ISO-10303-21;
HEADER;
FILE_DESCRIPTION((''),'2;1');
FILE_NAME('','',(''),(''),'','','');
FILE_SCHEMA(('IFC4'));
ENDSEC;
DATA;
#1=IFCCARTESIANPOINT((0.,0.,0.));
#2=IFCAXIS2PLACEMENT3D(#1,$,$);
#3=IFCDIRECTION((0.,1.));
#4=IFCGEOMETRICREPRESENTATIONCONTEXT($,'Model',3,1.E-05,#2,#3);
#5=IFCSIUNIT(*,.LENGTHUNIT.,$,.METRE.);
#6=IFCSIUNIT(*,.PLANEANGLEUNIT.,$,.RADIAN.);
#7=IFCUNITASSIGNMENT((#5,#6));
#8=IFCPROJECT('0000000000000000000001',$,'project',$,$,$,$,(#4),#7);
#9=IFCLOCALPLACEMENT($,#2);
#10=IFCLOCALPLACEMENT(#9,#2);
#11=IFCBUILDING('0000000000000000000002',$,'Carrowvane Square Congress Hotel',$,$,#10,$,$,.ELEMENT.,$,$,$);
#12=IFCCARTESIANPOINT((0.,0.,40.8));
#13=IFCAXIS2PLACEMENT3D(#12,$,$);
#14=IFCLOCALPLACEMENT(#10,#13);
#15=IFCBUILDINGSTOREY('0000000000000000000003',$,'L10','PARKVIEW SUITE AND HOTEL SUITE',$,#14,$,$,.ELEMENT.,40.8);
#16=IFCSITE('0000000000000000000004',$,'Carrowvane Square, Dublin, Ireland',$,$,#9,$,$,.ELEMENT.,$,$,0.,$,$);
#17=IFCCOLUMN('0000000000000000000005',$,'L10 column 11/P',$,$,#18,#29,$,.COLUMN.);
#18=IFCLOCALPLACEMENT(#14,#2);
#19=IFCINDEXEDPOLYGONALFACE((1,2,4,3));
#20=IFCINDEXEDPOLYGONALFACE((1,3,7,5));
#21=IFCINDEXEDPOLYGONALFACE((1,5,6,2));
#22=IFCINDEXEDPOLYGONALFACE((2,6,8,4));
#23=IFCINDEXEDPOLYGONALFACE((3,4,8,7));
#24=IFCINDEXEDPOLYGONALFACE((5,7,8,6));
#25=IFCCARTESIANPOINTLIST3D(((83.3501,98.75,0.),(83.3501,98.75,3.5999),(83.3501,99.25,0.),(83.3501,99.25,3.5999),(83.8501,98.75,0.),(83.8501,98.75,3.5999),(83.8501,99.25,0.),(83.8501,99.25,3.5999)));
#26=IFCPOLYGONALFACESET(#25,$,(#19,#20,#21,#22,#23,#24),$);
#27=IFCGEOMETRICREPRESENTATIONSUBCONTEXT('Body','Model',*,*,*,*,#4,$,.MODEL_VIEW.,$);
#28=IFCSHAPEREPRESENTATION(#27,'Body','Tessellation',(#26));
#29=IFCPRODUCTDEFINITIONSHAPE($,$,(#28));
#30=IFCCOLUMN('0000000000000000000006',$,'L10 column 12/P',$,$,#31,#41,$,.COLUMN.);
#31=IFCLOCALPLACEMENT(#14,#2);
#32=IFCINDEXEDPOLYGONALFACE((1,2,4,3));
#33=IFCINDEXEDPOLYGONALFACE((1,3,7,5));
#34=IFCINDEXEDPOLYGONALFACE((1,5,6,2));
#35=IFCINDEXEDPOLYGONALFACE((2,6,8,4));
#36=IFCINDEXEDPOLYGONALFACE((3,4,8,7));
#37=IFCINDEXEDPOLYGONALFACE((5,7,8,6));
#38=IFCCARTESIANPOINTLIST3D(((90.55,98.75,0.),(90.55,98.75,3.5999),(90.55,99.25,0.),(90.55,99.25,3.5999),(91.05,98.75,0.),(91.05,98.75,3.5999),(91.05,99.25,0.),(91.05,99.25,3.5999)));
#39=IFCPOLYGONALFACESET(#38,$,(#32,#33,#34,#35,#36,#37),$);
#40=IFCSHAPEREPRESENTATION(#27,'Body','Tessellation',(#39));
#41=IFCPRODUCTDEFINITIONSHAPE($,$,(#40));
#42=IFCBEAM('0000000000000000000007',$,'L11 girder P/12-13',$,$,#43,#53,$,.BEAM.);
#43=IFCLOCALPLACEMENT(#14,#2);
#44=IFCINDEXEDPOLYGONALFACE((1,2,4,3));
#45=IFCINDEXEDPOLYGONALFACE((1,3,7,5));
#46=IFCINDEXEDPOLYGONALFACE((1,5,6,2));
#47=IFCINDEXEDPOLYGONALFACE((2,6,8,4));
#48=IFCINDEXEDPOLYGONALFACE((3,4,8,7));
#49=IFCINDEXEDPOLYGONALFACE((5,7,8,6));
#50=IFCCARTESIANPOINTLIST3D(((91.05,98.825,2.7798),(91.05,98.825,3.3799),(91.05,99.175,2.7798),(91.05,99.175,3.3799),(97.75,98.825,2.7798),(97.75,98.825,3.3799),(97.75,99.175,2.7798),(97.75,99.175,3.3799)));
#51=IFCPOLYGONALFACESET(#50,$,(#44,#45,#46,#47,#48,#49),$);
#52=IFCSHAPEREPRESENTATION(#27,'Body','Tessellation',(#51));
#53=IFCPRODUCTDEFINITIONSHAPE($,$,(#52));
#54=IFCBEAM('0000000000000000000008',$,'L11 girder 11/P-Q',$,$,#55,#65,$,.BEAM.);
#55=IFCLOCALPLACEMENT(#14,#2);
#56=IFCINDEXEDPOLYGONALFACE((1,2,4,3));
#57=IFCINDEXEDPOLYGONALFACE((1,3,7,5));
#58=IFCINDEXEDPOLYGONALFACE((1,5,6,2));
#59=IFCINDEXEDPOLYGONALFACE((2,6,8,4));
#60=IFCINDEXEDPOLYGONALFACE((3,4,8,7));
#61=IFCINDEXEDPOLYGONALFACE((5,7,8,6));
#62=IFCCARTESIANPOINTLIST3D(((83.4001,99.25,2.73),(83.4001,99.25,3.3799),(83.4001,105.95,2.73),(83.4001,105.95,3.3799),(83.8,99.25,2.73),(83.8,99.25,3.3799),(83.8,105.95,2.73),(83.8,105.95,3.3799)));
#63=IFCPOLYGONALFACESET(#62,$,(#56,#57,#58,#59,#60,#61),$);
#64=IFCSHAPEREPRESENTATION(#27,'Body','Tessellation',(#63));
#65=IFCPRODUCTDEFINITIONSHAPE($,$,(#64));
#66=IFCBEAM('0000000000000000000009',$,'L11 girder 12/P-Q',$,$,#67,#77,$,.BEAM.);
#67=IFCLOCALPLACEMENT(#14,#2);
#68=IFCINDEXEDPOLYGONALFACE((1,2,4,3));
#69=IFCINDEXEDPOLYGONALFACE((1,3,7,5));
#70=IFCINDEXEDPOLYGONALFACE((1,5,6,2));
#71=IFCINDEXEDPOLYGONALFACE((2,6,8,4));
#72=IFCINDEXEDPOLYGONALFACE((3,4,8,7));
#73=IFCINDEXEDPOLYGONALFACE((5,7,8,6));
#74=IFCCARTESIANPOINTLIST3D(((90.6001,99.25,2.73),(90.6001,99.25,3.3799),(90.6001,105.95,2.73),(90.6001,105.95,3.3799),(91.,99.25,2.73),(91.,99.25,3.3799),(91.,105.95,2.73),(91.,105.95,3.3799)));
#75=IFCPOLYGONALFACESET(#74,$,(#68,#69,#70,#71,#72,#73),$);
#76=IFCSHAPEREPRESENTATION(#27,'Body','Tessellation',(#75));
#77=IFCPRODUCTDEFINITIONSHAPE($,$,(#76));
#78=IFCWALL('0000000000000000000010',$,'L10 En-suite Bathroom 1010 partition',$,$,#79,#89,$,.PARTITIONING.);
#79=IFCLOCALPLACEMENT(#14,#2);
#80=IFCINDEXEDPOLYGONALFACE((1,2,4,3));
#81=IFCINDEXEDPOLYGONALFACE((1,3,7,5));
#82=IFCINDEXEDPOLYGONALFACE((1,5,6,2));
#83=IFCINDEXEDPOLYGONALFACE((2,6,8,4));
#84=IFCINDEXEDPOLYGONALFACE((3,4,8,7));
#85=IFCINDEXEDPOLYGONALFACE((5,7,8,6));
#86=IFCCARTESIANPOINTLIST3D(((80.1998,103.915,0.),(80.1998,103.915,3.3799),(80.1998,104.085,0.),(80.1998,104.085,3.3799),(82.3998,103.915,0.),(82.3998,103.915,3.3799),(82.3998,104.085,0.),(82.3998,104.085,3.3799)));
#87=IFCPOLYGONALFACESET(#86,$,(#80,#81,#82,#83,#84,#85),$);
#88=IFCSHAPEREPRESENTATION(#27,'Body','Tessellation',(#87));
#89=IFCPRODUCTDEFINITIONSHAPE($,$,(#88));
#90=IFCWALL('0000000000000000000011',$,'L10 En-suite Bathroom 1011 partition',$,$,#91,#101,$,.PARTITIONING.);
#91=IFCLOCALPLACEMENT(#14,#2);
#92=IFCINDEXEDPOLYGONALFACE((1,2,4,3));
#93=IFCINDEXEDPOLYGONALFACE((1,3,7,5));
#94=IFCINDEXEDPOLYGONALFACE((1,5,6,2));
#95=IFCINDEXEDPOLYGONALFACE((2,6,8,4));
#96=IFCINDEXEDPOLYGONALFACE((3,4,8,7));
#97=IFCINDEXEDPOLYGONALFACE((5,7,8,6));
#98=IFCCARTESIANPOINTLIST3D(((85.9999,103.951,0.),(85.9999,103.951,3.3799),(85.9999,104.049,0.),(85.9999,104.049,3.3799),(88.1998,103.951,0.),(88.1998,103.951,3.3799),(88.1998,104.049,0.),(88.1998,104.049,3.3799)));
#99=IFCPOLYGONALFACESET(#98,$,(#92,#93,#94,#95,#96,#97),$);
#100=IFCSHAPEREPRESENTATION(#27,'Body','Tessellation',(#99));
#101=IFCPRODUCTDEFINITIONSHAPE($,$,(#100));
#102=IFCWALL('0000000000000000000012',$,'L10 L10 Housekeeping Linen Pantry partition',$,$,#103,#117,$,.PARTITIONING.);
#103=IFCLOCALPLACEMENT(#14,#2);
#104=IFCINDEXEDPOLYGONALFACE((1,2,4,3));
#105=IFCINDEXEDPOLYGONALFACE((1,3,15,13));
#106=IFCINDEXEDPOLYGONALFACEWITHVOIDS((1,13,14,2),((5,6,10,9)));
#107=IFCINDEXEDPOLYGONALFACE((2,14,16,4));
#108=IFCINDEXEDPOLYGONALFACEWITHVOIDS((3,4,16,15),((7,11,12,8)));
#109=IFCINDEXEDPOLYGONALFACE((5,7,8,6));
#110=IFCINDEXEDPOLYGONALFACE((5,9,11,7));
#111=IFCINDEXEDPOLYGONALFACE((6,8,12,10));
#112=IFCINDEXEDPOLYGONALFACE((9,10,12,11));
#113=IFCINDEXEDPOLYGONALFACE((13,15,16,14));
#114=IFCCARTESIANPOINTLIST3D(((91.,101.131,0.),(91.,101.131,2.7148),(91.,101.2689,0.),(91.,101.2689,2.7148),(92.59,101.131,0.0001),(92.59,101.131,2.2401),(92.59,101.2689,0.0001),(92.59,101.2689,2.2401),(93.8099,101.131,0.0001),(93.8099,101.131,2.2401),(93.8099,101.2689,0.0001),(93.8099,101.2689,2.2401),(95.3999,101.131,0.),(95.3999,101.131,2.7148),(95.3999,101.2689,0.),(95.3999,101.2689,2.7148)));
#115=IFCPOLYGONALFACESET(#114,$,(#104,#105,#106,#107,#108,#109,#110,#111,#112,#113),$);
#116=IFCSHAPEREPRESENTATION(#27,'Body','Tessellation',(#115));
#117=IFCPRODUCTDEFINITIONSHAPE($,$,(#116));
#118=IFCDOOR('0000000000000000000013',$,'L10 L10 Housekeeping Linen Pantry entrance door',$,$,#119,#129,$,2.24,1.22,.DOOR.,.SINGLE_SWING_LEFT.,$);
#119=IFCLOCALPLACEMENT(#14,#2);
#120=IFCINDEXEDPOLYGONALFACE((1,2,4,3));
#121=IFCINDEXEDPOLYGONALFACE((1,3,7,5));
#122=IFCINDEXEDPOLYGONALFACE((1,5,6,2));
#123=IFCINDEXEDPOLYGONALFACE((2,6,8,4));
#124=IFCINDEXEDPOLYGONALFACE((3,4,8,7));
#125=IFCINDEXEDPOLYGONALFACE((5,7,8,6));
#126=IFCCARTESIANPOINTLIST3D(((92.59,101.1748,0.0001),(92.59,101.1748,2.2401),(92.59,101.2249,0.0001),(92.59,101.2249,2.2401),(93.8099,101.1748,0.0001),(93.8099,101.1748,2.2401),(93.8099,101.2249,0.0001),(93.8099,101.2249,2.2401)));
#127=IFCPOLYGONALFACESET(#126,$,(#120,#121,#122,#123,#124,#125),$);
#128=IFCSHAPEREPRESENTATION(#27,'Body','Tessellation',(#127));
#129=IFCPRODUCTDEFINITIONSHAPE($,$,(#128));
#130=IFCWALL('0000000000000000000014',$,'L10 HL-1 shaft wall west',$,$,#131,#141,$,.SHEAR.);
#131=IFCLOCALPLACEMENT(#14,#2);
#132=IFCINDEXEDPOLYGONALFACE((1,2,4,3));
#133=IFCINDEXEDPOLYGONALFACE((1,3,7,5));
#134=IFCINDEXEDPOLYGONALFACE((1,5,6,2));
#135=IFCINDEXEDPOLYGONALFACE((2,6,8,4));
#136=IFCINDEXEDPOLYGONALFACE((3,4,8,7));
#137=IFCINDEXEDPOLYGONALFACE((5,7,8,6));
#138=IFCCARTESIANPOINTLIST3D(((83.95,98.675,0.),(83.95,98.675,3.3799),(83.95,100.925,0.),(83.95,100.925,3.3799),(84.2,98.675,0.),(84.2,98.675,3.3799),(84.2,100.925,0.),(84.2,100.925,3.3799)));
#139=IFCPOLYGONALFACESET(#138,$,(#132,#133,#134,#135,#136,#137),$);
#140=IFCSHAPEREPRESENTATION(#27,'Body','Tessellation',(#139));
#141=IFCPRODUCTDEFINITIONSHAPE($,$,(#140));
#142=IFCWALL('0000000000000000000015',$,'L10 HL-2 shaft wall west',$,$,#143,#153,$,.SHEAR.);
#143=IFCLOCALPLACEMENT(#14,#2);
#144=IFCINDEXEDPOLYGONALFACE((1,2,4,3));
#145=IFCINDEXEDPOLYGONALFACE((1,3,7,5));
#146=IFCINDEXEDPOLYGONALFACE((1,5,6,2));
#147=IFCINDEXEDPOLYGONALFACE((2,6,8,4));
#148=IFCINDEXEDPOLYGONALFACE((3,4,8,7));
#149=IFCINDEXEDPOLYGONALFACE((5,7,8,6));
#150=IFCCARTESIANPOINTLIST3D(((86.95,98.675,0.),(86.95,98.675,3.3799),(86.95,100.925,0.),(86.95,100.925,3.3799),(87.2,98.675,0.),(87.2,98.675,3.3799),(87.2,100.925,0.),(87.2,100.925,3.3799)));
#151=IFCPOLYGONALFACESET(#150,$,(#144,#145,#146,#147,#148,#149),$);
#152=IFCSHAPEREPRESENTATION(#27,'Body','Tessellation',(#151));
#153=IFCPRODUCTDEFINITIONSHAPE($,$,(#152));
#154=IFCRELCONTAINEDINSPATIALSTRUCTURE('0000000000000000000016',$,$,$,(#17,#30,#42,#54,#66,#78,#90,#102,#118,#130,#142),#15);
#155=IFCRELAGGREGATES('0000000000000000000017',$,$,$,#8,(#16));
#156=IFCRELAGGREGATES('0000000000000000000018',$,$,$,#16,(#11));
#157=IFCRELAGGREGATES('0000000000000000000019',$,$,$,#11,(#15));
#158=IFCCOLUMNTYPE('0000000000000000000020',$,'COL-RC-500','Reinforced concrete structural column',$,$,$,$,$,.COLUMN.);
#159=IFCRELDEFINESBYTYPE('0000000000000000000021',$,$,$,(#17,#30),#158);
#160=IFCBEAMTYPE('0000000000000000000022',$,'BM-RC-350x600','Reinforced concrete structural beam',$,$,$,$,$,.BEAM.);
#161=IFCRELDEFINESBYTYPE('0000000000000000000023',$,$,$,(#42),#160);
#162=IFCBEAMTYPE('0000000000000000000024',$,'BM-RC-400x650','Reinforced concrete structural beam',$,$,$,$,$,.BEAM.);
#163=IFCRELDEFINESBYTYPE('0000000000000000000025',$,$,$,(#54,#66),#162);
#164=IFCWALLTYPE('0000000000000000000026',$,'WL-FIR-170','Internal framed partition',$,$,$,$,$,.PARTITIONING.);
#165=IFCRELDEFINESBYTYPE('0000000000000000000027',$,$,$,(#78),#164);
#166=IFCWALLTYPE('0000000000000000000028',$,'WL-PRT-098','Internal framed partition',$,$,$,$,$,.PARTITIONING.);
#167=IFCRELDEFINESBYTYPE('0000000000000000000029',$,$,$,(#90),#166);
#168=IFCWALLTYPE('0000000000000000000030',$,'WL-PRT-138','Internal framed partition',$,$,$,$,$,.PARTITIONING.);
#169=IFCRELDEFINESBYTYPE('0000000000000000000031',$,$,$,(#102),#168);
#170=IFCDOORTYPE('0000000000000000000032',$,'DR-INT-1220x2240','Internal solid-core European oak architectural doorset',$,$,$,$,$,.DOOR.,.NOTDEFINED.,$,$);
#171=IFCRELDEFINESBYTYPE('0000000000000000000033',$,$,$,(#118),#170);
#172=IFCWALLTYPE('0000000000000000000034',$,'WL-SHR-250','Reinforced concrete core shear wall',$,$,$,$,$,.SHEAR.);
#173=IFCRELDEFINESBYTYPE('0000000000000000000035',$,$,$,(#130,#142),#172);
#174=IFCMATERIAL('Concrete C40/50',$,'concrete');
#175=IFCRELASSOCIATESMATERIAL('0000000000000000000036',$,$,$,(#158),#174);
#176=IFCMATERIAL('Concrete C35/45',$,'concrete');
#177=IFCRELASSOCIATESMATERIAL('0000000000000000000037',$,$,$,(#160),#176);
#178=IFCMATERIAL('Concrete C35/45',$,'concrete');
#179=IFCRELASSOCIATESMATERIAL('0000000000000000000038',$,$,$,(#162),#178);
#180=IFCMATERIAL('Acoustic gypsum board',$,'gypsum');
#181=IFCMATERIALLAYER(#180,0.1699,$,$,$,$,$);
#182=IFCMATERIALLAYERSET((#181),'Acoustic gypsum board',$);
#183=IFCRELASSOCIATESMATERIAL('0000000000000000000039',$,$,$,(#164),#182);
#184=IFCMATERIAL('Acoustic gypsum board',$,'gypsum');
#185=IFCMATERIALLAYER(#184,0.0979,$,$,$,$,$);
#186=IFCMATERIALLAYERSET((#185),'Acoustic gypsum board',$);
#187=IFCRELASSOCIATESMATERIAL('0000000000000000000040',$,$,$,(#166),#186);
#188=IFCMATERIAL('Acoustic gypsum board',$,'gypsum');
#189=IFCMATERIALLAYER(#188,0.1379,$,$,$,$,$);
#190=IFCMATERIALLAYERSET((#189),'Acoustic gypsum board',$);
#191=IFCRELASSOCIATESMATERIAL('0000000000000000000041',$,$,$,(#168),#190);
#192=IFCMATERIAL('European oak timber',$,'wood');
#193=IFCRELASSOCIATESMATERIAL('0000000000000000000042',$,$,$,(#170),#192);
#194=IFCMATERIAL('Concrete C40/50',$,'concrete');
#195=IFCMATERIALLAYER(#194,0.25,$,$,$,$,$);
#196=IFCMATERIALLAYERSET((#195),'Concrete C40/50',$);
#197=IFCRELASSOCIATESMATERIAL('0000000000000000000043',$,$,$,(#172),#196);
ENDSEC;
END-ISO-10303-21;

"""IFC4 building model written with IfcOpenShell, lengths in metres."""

from ifc_helpers import new_model, si_unit, direction, frame, frame_2d, origin, origin_2d, place, context, subcontext, project, spatial, rectangle, extrude, material, layer, layer_set, material_profile, profile_set, type_object, element, fill, save


model = new_model("IFC4")

# Units and contexts
model_context = context("Model", 3, precision=1e-05, world=origin(), true_north=direction((0.0, 1.0)))
body_context = subcontext(model_context, "Body", "Model", "MODEL_VIEW")
ifc_project = project(units=[si_unit("LENGTHUNIT", "METRE"), si_unit("PLANEANGLEUNIT", "RADIAN")], contexts=[model_context])

# Site, building, storey
site_placement = place(None, origin())
site = spatial("IfcSite", under=ifc_project, at=site_placement, Name="Carrowvane Square, Dublin, Ireland", CompositionType="ELEMENT", RefElevation=0.0)
building_placement = place(site_placement, origin())
building = spatial("IfcBuilding", under=site, at=building_placement, Name="Carrowvane Square Congress Hotel", CompositionType="ELEMENT")
storey_placement = place(building_placement, frame((0.0, 0.0, 40.8)))
storey = spatial("IfcBuildingStorey", under=building, at=storey_placement, Name="L10", Description="PARKVIEW SUITE AND HOTEL SUITE", CompositionType="ELEMENT", Elevation=40.8)

# Columns
ifc_material_1 = material(Name="Concrete C40/50", Category="concrete")
ifc_material_profile_1 = material_profile(ifc_material_1, rectangle(XDim=0.5, YDim=0.5, at=origin_2d()), Name="RC 500x500")
ifc_profile_set_1 = profile_set([ifc_material_profile_1], Name="Concrete C40/50")
column_type = type_object("IfcColumnType", Name="COL-RC-500", Description="Reinforced concrete structural column", PredefinedType="COLUMN", material=ifc_profile_set_1)
for number, where, z_axis, x_axis, name in (
    (1, (83.6001, 99.0, 0.0), (0.0, 0.0, 1.0), (1.0, 0.0, 0.0), "L10 column 11/P"),
    (2, (90.8, 99.0, 0.0), (0.0, 0.0, 1.0), (1.0, 0.0, 0.0), "L10 column 12/P"),
):
    element("IfcColumn", number, at=place(storey_placement, frame(where, z_axis=z_axis, x_axis=x_axis)), inside=storey, type_object=column_type, Name=name, PredefinedType="COLUMN", context=body_context, shape_type="SweptSolid", body=[
        extrude(rectangle(XDim=0.5, YDim=0.5, at=origin_2d()), origin(), (0.0, 0.0, 1.0), 3.5999),
    ])

# Beams
ifc_material_2 = material(Name="Concrete C35/45", Category="concrete")
ifc_material_profile_2 = material_profile(ifc_material_2, rectangle(XDim=0.3501, YDim=0.6001, at=origin_2d()), Name="RC 350x600")
ifc_profile_set_2 = profile_set([ifc_material_profile_2], Name="Concrete C35/45")
beam_type_1 = type_object("IfcBeamType", Name="BM-RC-350x600", Description="Reinforced concrete structural beam", PredefinedType="BEAM", material=ifc_profile_set_2)
beam_placement = place(storey_placement, frame((91.05, 99.0, 3.0798), z_axis=(1.0, 0.0, 0.0), x_axis=(0.0, 1.0, 0.0)))
element("IfcBeam", 3, at=beam_placement, inside=storey, type_object=beam_type_1, Name="L11 girder P/12-13", PredefinedType="BEAM", context=body_context, shape_type="SweptSolid", body=[
    extrude(rectangle(XDim=0.3501, YDim=0.6001, at=origin_2d()), origin(), (0.0, 0.0, 1.0), 6.7),
])
ifc_material_3 = material(Name="Concrete C35/45", Category="concrete")
ifc_material_profile_3 = material_profile(ifc_material_3, rectangle(XDim=0.3999, YDim=0.6499, at=origin_2d()), Name="RC 400x650")
ifc_profile_set_3 = profile_set([ifc_material_profile_3], Name="Concrete C35/45")
beam_type_2 = type_object("IfcBeamType", Name="BM-RC-400x650", Description="Reinforced concrete structural beam", PredefinedType="BEAM", material=ifc_profile_set_3)
for number, where, z_axis, x_axis, name in (
    (4, (83.6001, 99.25, 3.0549), (0.0, 1.0, 0.0), (-1.0, 0.0, 0.0), "L11 girder 11/P-Q"),
    (5, (90.8, 99.25, 3.0549), (0.0, 1.0, 0.0), (-1.0, 0.0, 0.0), "L11 girder 12/P-Q"),
):
    element("IfcBeam", number, at=place(storey_placement, frame(where, z_axis=z_axis, x_axis=x_axis)), inside=storey, type_object=beam_type_2, Name=name, PredefinedType="BEAM", context=body_context, shape_type="SweptSolid", body=[
        extrude(rectangle(XDim=0.3999, YDim=0.6499, at=origin_2d()), origin(), (0.0, 0.0, 1.0), 6.7),
    ])

# Wall
ifc_material_4 = material(Name="Acoustic gypsum board", Category="gypsum")
ifc_layer_1 = layer(ifc_material_4, 0.1699)
ifc_layer_set_1 = layer_set([ifc_layer_1], Name="Acoustic gypsum board")
wall_type_1 = type_object("IfcWallType", Name="WL-FIR-170", Description="Internal framed partition", PredefinedType="PARTITIONING", material=ifc_layer_set_1)
wall_1_placement = place(storey_placement, frame((82.3999, 104.0, 0.0), z_axis=(0.0, 0.0, 1.0), x_axis=(-1.0, 0.0, 0.0)))
element("IfcWall", 6, at=wall_1_placement, inside=storey, type_object=wall_type_1, Name="L10 En-suite Bathroom 1010 partition", PredefinedType="PARTITIONING", context=body_context, shape_type="SweptSolid", body=[
    extrude(rectangle(XDim=2.2, YDim=0.1699, at=frame_2d((1.1001, 0.0))), origin(), (0.0, 0.0, 1.0), 3.3799),
])

# Wall
ifc_material_5 = material(Name="Acoustic gypsum board", Category="gypsum")
ifc_layer_2 = layer(ifc_material_5, 0.0979)
ifc_layer_set_2 = layer_set([ifc_layer_2], Name="Acoustic gypsum board")
wall_type_2 = type_object("IfcWallType", Name="WL-PRT-098", Description="Internal framed partition", PredefinedType="PARTITIONING", material=ifc_layer_set_2)
wall_2_placement = place(storey_placement, frame((88.2, 104.0, 0.0), z_axis=(0.0, 0.0, 1.0), x_axis=(-1.0, 0.0, 0.0)))
element("IfcWall", 7, at=wall_2_placement, inside=storey, type_object=wall_type_2, Name="L10 En-suite Bathroom 1011 partition", PredefinedType="PARTITIONING", context=body_context, shape_type="SweptSolid", body=[
    extrude(rectangle(XDim=2.2, YDim=0.0979, at=frame_2d((1.1001, 0.0))), origin(), (0.0, 0.0, 1.0), 3.3799),
])

# Wall, opening, door
ifc_material_6 = material(Name="Acoustic gypsum board", Category="gypsum")
ifc_layer_3 = layer(ifc_material_6, 0.1379)
ifc_layer_set_3 = layer_set([ifc_layer_3], Name="Acoustic gypsum board")
wall_type_3 = type_object("IfcWallType", Name="WL-PRT-138", Description="Internal framed partition", PredefinedType="PARTITIONING", material=ifc_layer_set_3)
wall_3_placement = place(storey_placement, frame((91.0, 101.2, 0.0), z_axis=(0.0, 0.0, 1.0), x_axis=(1.0, 0.0, 0.0)))
wall_3 = element("IfcWall", 8, at=wall_3_placement, inside=storey, type_object=wall_type_3, Name="L10 L10 Housekeeping Linen Pantry partition", PredefinedType="PARTITIONING", context=body_context, shape_type="SweptSolid", body=[
    extrude(rectangle(XDim=4.3999, YDim=0.1379, at=frame_2d((2.2, 0.0))), origin(), (0.0, 0.0, 1.0), 2.7148),
])
opening_1_placement = place(wall_3_placement, frame((1.5901, 0.0, 0.0)))
opening_1 = element("IfcOpeningElement", 9, at=opening_1_placement, cuts=wall_3, PredefinedType="OPENING", context=body_context, shape_type="SweptSolid", body=[
    extrude(rectangle(XDim=1.22, YDim=2.24, at=frame_2d((0.6099, 1.1201))), frame((0.0, 0.0789, 0.0), z_axis=(0.0, -1.0, 0.0), x_axis=(1.0, 0.0, 0.0)), (0.0, 0.0, 1.0), 0.158),
])
ifc_material_7 = material(Name="European oak timber", Category="wood")
door_type_1 = type_object("IfcDoorType", Name="DR-INT-1220x2240", Description="Internal solid-core European oak architectural doorset", OperationType="NOTDEFINED", PredefinedType="DOOR", material=ifc_material_7)
door_1_placement = place(opening_1_placement, origin())
door_1 = element("IfcDoor", 10, at=door_1_placement, inside=storey, type_object=door_type_1, Name="L10 L10 Housekeeping Linen Pantry entrance door", OperationType="SINGLE_SWING_LEFT", OverallHeight=2.24, OverallWidth=1.22, PredefinedType="DOOR", context=body_context, shape_type="SweptSolid", body=[
    extrude(rectangle(XDim=1.22, YDim=2.24, at=frame_2d((0.6099, 1.1201))), frame((0.0, 0.0249, 0.0), z_axis=(0.0, -1.0, 0.0), x_axis=(1.0, 0.0, 0.0)), (0.0, 0.0, 1.0), 0.05),
])
fill(opening_1, door_1)
ifc_material_8 = material(Name="Concrete C40/50", Category="concrete")
ifc_layer_4 = layer(ifc_material_8, 0.25)
ifc_layer_set_4 = layer_set([ifc_layer_4], Name="Concrete C40/50")
wall_type_4 = type_object("IfcWallType", Name="WL-SHR-250", Description="Reinforced concrete core shear wall", PredefinedType="SHEAR", material=ifc_layer_set_4)

# Wall
wall_4_placement = place(storey_placement, frame((84.075, 100.925, 0.0), z_axis=(0.0, 0.0, 1.0), x_axis=(0.0, -1.0, 0.0)))
element("IfcWall", 11, at=wall_4_placement, inside=storey, type_object=wall_type_4, Name="L10 HL-1 shaft wall west", PredefinedType="SHEAR", context=body_context, shape_type="SweptSolid", body=[
    extrude(rectangle(XDim=2.25, YDim=0.25, at=frame_2d((1.125, 0.0))), origin(), (0.0, 0.0, 1.0), 3.3799),
])

# Wall
wall_5_placement = place(storey_placement, frame((87.075, 100.925, 0.0), z_axis=(0.0, 0.0, 1.0), x_axis=(0.0, -1.0, 0.0)))
element("IfcWall", 12, at=wall_5_placement, inside=storey, type_object=wall_type_4, Name="L10 HL-2 shaft wall west", PredefinedType="SHEAR", context=body_context, shape_type="SweptSolid", body=[
    extrude(rectangle(XDim=2.25, YDim=0.25, at=frame_2d((1.125, 0.0))), origin(), (0.0, 0.0, 1.0), 3.3799),
])

save(model, "model.ifc")
